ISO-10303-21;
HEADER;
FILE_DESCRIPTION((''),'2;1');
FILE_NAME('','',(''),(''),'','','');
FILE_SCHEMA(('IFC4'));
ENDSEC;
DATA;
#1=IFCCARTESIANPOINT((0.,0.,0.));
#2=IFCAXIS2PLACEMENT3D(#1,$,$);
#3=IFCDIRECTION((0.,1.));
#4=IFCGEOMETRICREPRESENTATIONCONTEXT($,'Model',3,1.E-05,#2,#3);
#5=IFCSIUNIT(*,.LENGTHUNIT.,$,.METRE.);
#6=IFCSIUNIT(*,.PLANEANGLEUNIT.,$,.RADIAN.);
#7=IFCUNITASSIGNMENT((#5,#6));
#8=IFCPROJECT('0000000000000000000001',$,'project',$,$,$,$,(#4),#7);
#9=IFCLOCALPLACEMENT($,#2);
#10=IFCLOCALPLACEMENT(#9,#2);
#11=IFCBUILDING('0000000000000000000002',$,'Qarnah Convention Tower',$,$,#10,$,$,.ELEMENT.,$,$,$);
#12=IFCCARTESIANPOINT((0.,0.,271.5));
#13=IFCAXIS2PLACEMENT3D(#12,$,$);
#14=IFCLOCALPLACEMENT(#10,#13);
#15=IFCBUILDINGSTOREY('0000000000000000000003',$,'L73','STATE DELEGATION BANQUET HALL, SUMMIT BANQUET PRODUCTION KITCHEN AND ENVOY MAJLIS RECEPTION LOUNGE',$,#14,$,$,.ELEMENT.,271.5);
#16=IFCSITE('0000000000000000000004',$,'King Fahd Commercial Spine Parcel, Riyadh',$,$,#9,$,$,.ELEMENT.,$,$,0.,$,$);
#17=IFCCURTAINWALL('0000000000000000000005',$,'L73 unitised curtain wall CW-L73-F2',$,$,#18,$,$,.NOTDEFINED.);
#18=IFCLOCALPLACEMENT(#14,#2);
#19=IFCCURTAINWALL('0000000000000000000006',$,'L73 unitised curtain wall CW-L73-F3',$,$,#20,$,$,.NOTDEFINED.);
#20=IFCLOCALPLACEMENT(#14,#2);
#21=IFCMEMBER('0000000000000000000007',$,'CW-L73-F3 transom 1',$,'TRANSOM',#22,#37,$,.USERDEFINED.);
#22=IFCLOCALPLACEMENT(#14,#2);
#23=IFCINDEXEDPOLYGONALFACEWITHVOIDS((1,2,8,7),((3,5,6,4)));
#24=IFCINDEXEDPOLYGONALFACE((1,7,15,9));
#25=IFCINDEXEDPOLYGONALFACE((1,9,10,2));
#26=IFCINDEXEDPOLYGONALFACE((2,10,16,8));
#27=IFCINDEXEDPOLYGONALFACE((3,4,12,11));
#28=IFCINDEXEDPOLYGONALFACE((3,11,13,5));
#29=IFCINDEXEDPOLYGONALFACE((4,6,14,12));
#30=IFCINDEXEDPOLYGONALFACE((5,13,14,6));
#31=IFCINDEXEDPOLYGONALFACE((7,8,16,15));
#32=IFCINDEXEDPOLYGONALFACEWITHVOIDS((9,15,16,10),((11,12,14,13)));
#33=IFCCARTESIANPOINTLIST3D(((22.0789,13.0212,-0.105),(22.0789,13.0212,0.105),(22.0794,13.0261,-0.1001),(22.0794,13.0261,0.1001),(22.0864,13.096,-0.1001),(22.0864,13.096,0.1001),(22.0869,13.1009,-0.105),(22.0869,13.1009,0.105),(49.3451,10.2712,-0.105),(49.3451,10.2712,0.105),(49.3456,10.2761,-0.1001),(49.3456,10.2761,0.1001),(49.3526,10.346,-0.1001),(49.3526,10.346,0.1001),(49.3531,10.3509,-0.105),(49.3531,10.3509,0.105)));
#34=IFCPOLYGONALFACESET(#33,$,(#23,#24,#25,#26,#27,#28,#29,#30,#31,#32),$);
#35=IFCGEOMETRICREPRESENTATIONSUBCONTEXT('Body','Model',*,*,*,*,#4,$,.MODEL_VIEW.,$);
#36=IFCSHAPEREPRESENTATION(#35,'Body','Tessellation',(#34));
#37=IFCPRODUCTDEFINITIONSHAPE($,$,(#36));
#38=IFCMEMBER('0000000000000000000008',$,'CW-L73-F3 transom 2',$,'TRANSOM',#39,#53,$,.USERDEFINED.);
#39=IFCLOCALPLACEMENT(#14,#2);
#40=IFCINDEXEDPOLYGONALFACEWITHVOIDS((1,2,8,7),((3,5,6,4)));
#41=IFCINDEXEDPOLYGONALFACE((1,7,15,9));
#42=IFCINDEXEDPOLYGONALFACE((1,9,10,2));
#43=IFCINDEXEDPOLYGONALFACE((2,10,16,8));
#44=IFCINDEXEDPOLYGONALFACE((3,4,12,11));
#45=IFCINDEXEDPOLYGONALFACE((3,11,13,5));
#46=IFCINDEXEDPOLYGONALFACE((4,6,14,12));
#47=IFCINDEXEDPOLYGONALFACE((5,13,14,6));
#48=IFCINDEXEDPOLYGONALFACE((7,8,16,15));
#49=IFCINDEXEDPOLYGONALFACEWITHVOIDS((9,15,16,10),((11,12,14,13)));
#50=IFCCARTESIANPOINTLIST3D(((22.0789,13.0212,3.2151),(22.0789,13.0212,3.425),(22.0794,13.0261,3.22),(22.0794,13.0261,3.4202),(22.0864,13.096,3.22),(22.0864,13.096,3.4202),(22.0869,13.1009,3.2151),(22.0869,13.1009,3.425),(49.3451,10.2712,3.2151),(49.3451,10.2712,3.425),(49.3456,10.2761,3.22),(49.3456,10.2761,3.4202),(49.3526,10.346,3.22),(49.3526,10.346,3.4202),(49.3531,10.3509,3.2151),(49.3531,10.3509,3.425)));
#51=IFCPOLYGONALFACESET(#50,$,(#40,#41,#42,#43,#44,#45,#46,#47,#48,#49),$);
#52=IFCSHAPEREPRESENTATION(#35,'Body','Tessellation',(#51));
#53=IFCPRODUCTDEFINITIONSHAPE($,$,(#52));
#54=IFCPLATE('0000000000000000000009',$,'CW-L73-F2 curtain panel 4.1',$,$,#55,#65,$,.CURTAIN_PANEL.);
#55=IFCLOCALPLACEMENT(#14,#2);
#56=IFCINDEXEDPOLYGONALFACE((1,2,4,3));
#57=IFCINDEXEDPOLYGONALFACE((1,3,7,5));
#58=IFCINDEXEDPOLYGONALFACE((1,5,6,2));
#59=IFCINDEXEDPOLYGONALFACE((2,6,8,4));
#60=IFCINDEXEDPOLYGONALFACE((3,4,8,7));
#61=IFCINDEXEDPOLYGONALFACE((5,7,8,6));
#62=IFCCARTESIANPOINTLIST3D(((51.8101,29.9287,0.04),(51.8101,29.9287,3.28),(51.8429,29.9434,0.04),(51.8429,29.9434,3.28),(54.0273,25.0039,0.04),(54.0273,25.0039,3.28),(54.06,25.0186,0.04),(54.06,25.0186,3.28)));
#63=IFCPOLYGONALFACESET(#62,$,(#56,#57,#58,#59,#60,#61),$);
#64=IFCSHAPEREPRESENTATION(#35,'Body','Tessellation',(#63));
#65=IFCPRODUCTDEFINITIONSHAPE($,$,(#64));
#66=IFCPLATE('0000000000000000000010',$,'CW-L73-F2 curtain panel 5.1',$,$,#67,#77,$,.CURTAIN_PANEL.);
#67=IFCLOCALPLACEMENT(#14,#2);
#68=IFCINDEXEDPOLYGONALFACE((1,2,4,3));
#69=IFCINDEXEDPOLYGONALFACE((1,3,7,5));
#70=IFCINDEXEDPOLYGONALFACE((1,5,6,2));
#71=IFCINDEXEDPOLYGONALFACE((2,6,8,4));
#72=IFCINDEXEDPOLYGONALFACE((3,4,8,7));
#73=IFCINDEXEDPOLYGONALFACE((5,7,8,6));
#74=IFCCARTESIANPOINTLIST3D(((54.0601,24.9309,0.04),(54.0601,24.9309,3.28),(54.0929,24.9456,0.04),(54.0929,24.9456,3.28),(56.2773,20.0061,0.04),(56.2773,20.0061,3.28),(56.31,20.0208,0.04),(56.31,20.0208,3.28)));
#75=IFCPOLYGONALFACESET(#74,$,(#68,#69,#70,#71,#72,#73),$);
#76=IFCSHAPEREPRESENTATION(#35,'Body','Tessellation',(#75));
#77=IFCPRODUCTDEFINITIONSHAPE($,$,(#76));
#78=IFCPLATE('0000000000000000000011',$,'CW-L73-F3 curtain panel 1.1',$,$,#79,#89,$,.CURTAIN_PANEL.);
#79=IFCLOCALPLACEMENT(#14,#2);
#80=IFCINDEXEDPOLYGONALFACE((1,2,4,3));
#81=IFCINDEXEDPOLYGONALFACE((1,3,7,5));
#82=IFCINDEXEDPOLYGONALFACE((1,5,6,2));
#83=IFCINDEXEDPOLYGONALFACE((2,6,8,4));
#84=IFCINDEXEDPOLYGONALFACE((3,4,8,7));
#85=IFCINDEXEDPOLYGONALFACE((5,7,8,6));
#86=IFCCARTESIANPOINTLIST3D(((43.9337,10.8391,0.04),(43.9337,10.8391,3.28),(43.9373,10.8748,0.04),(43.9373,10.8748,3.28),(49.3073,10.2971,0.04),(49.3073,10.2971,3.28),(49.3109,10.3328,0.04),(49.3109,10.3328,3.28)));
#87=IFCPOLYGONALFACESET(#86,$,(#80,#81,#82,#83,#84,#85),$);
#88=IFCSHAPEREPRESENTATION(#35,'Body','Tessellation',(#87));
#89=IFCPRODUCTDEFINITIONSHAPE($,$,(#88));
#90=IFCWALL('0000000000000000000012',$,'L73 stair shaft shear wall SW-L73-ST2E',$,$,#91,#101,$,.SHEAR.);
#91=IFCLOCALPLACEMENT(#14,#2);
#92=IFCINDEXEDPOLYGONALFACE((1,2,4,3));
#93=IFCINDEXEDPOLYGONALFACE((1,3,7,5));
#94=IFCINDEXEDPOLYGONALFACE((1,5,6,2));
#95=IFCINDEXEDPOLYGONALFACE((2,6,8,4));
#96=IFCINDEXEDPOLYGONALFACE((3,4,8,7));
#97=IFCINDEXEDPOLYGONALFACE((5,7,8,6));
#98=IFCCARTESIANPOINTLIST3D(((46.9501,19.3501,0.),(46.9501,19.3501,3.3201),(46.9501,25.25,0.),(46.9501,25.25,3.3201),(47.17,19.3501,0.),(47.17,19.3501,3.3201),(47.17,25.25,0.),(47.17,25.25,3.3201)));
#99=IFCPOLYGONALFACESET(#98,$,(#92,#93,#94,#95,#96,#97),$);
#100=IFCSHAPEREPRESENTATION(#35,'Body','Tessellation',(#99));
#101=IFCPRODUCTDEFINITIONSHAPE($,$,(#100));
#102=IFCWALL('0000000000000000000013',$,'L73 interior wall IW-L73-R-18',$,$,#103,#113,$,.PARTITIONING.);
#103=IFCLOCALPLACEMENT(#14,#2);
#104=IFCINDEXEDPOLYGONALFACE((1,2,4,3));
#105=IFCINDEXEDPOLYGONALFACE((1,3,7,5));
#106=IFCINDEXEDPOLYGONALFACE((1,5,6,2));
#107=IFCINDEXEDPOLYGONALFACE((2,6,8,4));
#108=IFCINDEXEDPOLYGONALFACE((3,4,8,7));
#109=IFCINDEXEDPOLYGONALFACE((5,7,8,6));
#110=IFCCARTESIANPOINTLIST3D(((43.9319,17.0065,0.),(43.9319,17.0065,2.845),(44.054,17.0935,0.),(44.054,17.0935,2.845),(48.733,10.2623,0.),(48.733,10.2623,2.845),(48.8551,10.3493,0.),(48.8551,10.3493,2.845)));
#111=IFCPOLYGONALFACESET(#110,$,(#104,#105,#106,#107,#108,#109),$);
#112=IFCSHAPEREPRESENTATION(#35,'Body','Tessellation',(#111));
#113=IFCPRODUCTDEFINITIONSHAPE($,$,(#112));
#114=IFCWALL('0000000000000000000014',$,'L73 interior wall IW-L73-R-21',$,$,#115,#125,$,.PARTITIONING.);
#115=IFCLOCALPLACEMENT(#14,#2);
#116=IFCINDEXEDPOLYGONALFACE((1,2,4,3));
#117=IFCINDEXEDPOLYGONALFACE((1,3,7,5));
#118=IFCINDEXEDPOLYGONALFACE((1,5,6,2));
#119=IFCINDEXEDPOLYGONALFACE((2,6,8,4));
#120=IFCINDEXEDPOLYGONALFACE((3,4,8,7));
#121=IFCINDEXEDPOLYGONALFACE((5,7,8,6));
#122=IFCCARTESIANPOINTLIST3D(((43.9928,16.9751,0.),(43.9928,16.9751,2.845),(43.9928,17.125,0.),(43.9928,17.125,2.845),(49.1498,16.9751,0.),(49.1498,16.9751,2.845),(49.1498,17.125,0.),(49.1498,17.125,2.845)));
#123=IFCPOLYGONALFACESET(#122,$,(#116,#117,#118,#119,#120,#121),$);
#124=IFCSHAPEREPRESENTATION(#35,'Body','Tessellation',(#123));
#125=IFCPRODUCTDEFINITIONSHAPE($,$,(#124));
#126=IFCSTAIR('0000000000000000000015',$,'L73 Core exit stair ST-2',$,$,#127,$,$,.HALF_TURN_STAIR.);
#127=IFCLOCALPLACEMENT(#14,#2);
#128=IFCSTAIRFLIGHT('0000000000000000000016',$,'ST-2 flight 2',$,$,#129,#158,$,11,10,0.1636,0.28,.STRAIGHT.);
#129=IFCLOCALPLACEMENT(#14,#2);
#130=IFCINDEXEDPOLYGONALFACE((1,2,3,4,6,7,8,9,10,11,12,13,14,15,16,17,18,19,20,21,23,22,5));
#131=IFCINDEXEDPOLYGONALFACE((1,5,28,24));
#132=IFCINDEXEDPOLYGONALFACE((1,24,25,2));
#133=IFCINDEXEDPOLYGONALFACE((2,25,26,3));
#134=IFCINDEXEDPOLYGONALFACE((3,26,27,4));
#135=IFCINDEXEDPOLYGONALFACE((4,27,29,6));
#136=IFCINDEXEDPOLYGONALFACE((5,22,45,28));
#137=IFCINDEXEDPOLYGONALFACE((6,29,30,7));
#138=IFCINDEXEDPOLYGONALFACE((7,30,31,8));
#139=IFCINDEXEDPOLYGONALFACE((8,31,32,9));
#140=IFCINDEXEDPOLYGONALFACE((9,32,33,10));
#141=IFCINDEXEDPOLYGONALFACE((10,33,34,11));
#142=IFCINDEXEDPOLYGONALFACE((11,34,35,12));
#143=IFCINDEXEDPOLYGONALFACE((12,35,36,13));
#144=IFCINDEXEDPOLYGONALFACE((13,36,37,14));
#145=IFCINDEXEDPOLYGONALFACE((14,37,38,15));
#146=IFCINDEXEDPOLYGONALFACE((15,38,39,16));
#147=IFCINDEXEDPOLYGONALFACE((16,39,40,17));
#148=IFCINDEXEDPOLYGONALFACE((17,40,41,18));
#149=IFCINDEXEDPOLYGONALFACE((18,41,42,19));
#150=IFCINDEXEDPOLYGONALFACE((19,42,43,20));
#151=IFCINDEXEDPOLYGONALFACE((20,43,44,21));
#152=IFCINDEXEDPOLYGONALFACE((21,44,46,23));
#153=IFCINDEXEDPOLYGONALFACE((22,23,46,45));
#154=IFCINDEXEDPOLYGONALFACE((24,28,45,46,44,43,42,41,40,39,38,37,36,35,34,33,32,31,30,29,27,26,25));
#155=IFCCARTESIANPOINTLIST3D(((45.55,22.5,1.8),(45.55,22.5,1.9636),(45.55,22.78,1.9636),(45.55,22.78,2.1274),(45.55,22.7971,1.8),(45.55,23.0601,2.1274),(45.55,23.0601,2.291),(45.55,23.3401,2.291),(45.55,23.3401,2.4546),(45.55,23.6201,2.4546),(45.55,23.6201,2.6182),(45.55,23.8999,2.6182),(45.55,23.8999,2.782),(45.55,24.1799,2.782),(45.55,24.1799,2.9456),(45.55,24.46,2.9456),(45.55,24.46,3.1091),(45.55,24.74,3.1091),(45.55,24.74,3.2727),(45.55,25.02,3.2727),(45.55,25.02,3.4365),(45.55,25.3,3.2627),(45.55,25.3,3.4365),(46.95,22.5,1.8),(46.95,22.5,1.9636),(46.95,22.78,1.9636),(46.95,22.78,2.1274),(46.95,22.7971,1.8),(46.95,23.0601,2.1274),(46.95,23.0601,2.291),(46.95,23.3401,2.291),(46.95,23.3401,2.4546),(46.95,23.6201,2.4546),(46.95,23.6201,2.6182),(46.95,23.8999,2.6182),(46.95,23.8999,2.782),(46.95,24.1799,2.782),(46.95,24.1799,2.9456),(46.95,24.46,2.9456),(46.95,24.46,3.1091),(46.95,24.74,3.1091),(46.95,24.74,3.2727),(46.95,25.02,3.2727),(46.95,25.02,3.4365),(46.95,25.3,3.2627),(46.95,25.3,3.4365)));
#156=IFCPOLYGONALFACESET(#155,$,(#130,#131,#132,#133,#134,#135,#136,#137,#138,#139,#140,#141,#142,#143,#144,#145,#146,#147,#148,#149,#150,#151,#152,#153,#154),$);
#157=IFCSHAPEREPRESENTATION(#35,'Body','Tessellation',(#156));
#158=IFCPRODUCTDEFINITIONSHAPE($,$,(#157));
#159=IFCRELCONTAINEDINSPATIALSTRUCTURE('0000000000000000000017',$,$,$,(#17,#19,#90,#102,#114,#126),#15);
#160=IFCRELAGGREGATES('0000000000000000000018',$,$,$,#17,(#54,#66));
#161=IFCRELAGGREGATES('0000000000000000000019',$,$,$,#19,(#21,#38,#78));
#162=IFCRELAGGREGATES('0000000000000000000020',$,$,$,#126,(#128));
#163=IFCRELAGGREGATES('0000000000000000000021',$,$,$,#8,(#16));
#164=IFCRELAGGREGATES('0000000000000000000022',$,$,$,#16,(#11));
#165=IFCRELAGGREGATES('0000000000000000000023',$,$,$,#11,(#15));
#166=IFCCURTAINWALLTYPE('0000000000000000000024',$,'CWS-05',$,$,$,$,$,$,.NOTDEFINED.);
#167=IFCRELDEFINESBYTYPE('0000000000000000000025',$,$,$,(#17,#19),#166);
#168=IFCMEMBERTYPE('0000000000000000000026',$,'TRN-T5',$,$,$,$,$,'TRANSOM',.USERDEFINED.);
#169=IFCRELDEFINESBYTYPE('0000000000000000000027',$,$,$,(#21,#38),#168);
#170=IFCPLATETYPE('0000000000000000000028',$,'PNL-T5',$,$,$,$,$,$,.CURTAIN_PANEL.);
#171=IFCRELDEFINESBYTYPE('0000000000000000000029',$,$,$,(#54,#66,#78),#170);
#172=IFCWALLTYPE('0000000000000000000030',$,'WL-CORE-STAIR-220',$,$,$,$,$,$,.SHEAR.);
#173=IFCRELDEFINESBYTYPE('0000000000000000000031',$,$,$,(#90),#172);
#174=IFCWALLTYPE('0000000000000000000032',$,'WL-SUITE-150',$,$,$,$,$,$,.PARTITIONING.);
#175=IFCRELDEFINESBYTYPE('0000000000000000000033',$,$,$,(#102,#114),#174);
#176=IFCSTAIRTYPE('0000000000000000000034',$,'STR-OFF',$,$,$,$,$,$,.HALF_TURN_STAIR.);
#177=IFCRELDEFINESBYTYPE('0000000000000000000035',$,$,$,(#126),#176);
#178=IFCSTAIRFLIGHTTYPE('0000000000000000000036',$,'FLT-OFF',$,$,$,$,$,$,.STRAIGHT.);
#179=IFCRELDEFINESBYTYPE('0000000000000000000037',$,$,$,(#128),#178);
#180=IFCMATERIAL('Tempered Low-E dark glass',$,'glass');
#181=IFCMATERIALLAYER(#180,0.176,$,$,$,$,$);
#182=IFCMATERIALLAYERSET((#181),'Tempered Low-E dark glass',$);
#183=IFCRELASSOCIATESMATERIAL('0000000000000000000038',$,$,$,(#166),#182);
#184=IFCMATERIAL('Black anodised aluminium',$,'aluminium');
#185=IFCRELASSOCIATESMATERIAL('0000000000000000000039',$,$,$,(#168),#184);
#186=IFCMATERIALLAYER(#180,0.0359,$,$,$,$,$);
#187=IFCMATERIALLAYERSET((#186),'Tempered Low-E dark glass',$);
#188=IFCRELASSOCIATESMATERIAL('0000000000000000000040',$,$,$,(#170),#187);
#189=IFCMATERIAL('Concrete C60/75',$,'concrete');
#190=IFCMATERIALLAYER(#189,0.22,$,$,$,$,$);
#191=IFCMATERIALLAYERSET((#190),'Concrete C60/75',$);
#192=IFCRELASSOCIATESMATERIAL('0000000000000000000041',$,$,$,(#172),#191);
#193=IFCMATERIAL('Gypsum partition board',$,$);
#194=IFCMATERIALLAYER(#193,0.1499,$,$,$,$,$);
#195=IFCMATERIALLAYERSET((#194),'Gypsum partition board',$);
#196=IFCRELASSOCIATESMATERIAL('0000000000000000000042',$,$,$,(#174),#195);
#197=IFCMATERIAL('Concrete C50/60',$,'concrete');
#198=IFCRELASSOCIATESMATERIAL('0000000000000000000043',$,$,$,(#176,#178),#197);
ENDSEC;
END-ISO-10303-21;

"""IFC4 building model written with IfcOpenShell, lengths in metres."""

from ifc_helpers import new_model, si_unit, direction, frame, frame_2d, origin, origin_2d, place, context, subcontext, project, spatial, polyline, rectangle, hollow_rectangle, outline, extrude, material, layer, layer_set, material_profile, profile_set, type_object, element, aggregate, save


model = new_model("IFC4")

# Units and contexts
model_context = context("Model", 3, precision=1e-05, world=origin(), true_north=direction((0.0, 1.0)))
body_context = subcontext(model_context, "Body", "Model", "MODEL_VIEW")
ifc_project = project(units=[si_unit("LENGTHUNIT", "METRE"), si_unit("PLANEANGLEUNIT", "RADIAN")], contexts=[model_context])

# Site, building, storey
site_placement = place(None, origin())
site = spatial("IfcSite", under=ifc_project, at=site_placement, Name="King Fahd Commercial Spine Parcel, Riyadh", CompositionType="ELEMENT", RefElevation=0.0)
building_placement = place(site_placement, origin())
building = spatial("IfcBuilding", under=site, at=building_placement, Name="Qarnah Convention Tower", CompositionType="ELEMENT")
storey_placement = place(building_placement, frame((0.0, 0.0, 271.5)))
storey = spatial("IfcBuildingStorey", under=building, at=storey_placement, Name="L73", Description="STATE DELEGATION BANQUET HALL, SUMMIT BANQUET PRODUCTION KITCHEN AND ENVOY MAJLIS RECEPTION LOUNGE", CompositionType="ELEMENT", Elevation=271.5)

# Shared definitions
ifc_material_1 = material(Name="Concrete C50/60", Category="concrete")

# Curtain walls, members
ifc_material_2 = material(Name="Tempered Low-E dark glass", Category="glass")
ifc_layer_1 = layer(ifc_material_2, 0.176)
ifc_layer_set_1 = layer_set([ifc_layer_1], Name="Tempered Low-E dark glass")
curtain_wall_type = type_object("IfcCurtainWallType", Name="CWS-05", PredefinedType="NOTDEFINED", material=ifc_layer_set_1)
curtain_wall_1_placement = place(storey_placement, origin())
curtain_wall_1 = element("IfcCurtainWall", 1, at=curtain_wall_1_placement, inside=storey, type_object=curtain_wall_type, Name="L73 unitised curtain wall CW-L73-F2", PredefinedType="NOTDEFINED")
ifc_material_3 = material(Name="Black anodised aluminium", Category="aluminium")
curtain_wall_2_placement = place(storey_placement, origin())
curtain_wall_2 = element("IfcCurtainWall", 2, at=curtain_wall_2_placement, inside=storey, type_object=curtain_wall_type, Name="L73 unitised curtain wall CW-L73-F3", PredefinedType="NOTDEFINED")
ifc_material_profile_1 = material_profile(ifc_material_3, hollow_rectangle(XDim=0.0801, YDim=0.21, WallThickness=0.0049, at=origin_2d()), Name="TRN-80X210")
ifc_profile_set_1 = profile_set([ifc_material_profile_1], Name="Black anodised aluminium")
member_type_1 = type_object("IfcMemberType", Name="TRN-T5", ElementType="TRANSOM", PredefinedType="USERDEFINED", material=ifc_profile_set_1)
member_1_placement = place(storey_placement, frame((49.3491, 10.311, 0.0), z_axis=(-0.994952, 0.100349, 0.0), x_axis=(-0.100349, -0.994952, 0.0)))
member_1 = element("IfcMember", 3, at=member_1_placement, type_object=member_type_1, Name="CW-L73-F3 transom 1", ObjectType="TRANSOM", PredefinedType="USERDEFINED", context=body_context, shape_type="SweptSolid", body=[
    extrude(hollow_rectangle(XDim=0.0801, YDim=0.21, WallThickness=0.0049, at=origin_2d()), origin(), (0.0, 0.0, 1.0), 27.4045),
])
member_2_placement = place(storey_placement, frame((49.3491, 10.311, 3.3201), z_axis=(-0.994952, 0.100349, 0.0), x_axis=(-0.100349, -0.994952, 0.0)))
member_2 = element("IfcMember", 4, at=member_2_placement, type_object=member_type_1, Name="CW-L73-F3 transom 2", ObjectType="TRANSOM", PredefinedType="USERDEFINED", context=body_context, shape_type="SweptSolid", body=[
    extrude(hollow_rectangle(XDim=0.0801, YDim=0.21, WallThickness=0.0049, at=origin_2d()), origin(), (0.0, 0.0, 1.0), 27.4045),
])

# Plates
ifc_layer_2 = layer(ifc_material_2, 0.0359)
ifc_layer_set_2 = layer_set([ifc_layer_2], Name="Tempered Low-E dark glass")
plate_type = type_object("IfcPlateType", Name="PNL-T5", PredefinedType="CURTAIN_PANEL", material=ifc_layer_set_2)
plate_1_placement = place(storey_placement, frame((52.9351, 27.4736, 0.04), z_axis=(0.0, 0.0, 1.0), x_axis=(0.410515, -0.911854, 0.0)))
plate_1 = element("IfcPlate", 5, at=plate_1_placement, type_object=plate_type, Name="CW-L73-F2 curtain panel 4.1", PredefinedType="CURTAIN_PANEL", context=body_context, shape_type="SweptSolid", body=[
    extrude(rectangle(XDim=5.4009, YDim=0.0359, at=origin_2d()), origin(), (0.0, 0.0, 1.0), 3.24),
])
plate_2_placement = place(storey_placement, frame((55.1851, 22.4758, 0.04), z_axis=(0.0, 0.0, 1.0), x_axis=(0.410515, -0.911854, 0.0)))
plate_2 = element("IfcPlate", 6, at=plate_2_placement, type_object=plate_type, Name="CW-L73-F2 curtain panel 5.1", PredefinedType="CURTAIN_PANEL", context=body_context, shape_type="SweptSolid", body=[
    extrude(rectangle(XDim=5.4009, YDim=0.0359, at=origin_2d()), origin(), (0.0, 0.0, 1.0), 3.24),
])
aggregate(curtain_wall_1, [plate_1, plate_2])
plate_3_placement = place(storey_placement, frame((46.6223, 10.5859, 0.04), z_axis=(0.0, 0.0, 1.0), x_axis=(-0.994952, 0.100349, 0.0)))
plate_3 = element("IfcPlate", 7, at=plate_3_placement, type_object=plate_type, Name="CW-L73-F3 curtain panel 1.1", PredefinedType="CURTAIN_PANEL", context=body_context, shape_type="SweptSolid", body=[
    extrude(rectangle(XDim=5.4009, YDim=0.0359, at=origin_2d()), origin(), (0.0, 0.0, 1.0), 3.24),
])
aggregate(curtain_wall_2, [member_1, member_2, plate_3])

# Shared definitions
ifc_material_4 = material(Name="Concrete C60/75", Category="concrete")

# Wall
ifc_layer_3 = layer(ifc_material_4, 0.22)
ifc_layer_set_3 = layer_set([ifc_layer_3], Name="Concrete C60/75")
wall_type_1 = type_object("IfcWallType", Name="WL-CORE-STAIR-220", PredefinedType="SHEAR", material=ifc_layer_set_3)
wall_1_placement = place(storey_placement, frame((47.0601, 19.3501, 0.0), z_axis=(0.0, 0.0, 1.0), x_axis=(0.0, 1.0, 0.0)))
element("IfcWall", 8, at=wall_1_placement, inside=storey, type_object=wall_type_1, Name="L73 stair shaft shear wall SW-L73-ST2E", PredefinedType="SHEAR", context=body_context, shape_type="SweptSolid", body=[
    extrude(rectangle(XDim=5.8999, YDim=0.22, at=frame_2d((2.95, 0.0))), origin(), (0.0, 0.0, 1.0), 3.3201),
])

# Walls
ifc_material_5 = material(Name="Gypsum partition board")
ifc_layer_4 = layer(ifc_material_5, 0.1499)
ifc_layer_set_4 = layer_set([ifc_layer_4], Name="Gypsum partition board")
wall_type_2 = type_object("IfcWallType", Name="WL-SUITE-150", PredefinedType="PARTITIONING", material=ifc_layer_set_4)
wall_2_placement = place(storey_placement, frame((48.7939, 10.3059, 0.0), z_axis=(0.0, 0.0, 1.0), x_axis=(-0.57994, 0.814659, 0.0)))
element("IfcWall", 9, at=wall_2_placement, inside=storey, type_object=wall_type_2, Name="L73 interior wall IW-L73-R-18", PredefinedType="PARTITIONING", context=body_context, shape_type="SweptSolid", body=[
    extrude(rectangle(XDim=8.2786, YDim=0.1499, at=frame_2d((4.1392, 0.0))), origin(), (0.0, 0.0, 1.0), 2.845),
])
wall_3_placement = place(storey_placement, frame((49.1499, 17.05, 0.0), z_axis=(0.0, 0.0, 1.0), x_axis=(-1.0, 0.0, 0.0)))
element("IfcWall", 10, at=wall_3_placement, inside=storey, type_object=wall_type_2, Name="L73 interior wall IW-L73-R-21", PredefinedType="PARTITIONING", context=body_context, shape_type="SweptSolid", body=[
    extrude(rectangle(XDim=5.157, YDim=0.1499, at=frame_2d((2.5786, 0.0))), origin(), (0.0, 0.0, 1.0), 2.845),
])

# Stair, stair flight
stair_type = type_object("IfcStairType", Name="STR-OFF", PredefinedType="HALF_TURN_STAIR", material=ifc_material_1)
stair_placement = place(storey_placement, origin())
stair = element("IfcStair", 11, at=stair_placement, inside=storey, type_object=stair_type, Name="L73 Core exit stair ST-2", PredefinedType="HALF_TURN_STAIR")
stair_flight_type = type_object("IfcStairFlightType", Name="FLT-OFF", PredefinedType="STRAIGHT", material=ifc_material_1)
stair_flight_placement = place(storey_placement, frame((46.25, 22.5, 1.8), z_axis=(0.0, 0.0, 1.0), x_axis=(0.0, 1.0, 0.0)))
stair_flight = element("IfcStairFlight", 12, at=stair_flight_placement, type_object=stair_flight_type, Name="ST-2 flight 2", NumberOfRisers=11, NumberOfTreads=10, PredefinedType="STRAIGHT", RiserHeight=0.1636, TreadLength=0.28, context=body_context, shape_type="SweptSolid", body=[
    extrude(outline(polyline([(0.0, 0.0), (0.0, 0.1636), (0.28, 0.1636), (0.28, 0.3274), (0.5601, 0.3274), (0.5601, 0.491), (0.8401, 0.491), (0.8401, 0.6545), (1.1201, 0.6545), (1.1201, 0.8181), (1.3999, 0.8181), (1.3999, 0.9819), (1.6799, 0.9819), (1.6799, 1.1455), (1.96, 1.1455), (1.96, 1.3091), (2.24, 1.3091), (2.24, 1.4727), (2.52, 1.4727), (2.52, 1.6365), (2.8, 1.6365), (2.8, 1.8), (2.8, 1.4626), (0.2971, 0.0), (0.0, 0.0)])), frame((0.0, 0.7, 0.0), z_axis=(0.0, -1.0, 0.0), x_axis=(1.0, 0.0, 0.0)), (0.0, 0.0, 1.0), 1.3999),
])
aggregate(stair, [stair_flight])

save(model, "model.ifc")
